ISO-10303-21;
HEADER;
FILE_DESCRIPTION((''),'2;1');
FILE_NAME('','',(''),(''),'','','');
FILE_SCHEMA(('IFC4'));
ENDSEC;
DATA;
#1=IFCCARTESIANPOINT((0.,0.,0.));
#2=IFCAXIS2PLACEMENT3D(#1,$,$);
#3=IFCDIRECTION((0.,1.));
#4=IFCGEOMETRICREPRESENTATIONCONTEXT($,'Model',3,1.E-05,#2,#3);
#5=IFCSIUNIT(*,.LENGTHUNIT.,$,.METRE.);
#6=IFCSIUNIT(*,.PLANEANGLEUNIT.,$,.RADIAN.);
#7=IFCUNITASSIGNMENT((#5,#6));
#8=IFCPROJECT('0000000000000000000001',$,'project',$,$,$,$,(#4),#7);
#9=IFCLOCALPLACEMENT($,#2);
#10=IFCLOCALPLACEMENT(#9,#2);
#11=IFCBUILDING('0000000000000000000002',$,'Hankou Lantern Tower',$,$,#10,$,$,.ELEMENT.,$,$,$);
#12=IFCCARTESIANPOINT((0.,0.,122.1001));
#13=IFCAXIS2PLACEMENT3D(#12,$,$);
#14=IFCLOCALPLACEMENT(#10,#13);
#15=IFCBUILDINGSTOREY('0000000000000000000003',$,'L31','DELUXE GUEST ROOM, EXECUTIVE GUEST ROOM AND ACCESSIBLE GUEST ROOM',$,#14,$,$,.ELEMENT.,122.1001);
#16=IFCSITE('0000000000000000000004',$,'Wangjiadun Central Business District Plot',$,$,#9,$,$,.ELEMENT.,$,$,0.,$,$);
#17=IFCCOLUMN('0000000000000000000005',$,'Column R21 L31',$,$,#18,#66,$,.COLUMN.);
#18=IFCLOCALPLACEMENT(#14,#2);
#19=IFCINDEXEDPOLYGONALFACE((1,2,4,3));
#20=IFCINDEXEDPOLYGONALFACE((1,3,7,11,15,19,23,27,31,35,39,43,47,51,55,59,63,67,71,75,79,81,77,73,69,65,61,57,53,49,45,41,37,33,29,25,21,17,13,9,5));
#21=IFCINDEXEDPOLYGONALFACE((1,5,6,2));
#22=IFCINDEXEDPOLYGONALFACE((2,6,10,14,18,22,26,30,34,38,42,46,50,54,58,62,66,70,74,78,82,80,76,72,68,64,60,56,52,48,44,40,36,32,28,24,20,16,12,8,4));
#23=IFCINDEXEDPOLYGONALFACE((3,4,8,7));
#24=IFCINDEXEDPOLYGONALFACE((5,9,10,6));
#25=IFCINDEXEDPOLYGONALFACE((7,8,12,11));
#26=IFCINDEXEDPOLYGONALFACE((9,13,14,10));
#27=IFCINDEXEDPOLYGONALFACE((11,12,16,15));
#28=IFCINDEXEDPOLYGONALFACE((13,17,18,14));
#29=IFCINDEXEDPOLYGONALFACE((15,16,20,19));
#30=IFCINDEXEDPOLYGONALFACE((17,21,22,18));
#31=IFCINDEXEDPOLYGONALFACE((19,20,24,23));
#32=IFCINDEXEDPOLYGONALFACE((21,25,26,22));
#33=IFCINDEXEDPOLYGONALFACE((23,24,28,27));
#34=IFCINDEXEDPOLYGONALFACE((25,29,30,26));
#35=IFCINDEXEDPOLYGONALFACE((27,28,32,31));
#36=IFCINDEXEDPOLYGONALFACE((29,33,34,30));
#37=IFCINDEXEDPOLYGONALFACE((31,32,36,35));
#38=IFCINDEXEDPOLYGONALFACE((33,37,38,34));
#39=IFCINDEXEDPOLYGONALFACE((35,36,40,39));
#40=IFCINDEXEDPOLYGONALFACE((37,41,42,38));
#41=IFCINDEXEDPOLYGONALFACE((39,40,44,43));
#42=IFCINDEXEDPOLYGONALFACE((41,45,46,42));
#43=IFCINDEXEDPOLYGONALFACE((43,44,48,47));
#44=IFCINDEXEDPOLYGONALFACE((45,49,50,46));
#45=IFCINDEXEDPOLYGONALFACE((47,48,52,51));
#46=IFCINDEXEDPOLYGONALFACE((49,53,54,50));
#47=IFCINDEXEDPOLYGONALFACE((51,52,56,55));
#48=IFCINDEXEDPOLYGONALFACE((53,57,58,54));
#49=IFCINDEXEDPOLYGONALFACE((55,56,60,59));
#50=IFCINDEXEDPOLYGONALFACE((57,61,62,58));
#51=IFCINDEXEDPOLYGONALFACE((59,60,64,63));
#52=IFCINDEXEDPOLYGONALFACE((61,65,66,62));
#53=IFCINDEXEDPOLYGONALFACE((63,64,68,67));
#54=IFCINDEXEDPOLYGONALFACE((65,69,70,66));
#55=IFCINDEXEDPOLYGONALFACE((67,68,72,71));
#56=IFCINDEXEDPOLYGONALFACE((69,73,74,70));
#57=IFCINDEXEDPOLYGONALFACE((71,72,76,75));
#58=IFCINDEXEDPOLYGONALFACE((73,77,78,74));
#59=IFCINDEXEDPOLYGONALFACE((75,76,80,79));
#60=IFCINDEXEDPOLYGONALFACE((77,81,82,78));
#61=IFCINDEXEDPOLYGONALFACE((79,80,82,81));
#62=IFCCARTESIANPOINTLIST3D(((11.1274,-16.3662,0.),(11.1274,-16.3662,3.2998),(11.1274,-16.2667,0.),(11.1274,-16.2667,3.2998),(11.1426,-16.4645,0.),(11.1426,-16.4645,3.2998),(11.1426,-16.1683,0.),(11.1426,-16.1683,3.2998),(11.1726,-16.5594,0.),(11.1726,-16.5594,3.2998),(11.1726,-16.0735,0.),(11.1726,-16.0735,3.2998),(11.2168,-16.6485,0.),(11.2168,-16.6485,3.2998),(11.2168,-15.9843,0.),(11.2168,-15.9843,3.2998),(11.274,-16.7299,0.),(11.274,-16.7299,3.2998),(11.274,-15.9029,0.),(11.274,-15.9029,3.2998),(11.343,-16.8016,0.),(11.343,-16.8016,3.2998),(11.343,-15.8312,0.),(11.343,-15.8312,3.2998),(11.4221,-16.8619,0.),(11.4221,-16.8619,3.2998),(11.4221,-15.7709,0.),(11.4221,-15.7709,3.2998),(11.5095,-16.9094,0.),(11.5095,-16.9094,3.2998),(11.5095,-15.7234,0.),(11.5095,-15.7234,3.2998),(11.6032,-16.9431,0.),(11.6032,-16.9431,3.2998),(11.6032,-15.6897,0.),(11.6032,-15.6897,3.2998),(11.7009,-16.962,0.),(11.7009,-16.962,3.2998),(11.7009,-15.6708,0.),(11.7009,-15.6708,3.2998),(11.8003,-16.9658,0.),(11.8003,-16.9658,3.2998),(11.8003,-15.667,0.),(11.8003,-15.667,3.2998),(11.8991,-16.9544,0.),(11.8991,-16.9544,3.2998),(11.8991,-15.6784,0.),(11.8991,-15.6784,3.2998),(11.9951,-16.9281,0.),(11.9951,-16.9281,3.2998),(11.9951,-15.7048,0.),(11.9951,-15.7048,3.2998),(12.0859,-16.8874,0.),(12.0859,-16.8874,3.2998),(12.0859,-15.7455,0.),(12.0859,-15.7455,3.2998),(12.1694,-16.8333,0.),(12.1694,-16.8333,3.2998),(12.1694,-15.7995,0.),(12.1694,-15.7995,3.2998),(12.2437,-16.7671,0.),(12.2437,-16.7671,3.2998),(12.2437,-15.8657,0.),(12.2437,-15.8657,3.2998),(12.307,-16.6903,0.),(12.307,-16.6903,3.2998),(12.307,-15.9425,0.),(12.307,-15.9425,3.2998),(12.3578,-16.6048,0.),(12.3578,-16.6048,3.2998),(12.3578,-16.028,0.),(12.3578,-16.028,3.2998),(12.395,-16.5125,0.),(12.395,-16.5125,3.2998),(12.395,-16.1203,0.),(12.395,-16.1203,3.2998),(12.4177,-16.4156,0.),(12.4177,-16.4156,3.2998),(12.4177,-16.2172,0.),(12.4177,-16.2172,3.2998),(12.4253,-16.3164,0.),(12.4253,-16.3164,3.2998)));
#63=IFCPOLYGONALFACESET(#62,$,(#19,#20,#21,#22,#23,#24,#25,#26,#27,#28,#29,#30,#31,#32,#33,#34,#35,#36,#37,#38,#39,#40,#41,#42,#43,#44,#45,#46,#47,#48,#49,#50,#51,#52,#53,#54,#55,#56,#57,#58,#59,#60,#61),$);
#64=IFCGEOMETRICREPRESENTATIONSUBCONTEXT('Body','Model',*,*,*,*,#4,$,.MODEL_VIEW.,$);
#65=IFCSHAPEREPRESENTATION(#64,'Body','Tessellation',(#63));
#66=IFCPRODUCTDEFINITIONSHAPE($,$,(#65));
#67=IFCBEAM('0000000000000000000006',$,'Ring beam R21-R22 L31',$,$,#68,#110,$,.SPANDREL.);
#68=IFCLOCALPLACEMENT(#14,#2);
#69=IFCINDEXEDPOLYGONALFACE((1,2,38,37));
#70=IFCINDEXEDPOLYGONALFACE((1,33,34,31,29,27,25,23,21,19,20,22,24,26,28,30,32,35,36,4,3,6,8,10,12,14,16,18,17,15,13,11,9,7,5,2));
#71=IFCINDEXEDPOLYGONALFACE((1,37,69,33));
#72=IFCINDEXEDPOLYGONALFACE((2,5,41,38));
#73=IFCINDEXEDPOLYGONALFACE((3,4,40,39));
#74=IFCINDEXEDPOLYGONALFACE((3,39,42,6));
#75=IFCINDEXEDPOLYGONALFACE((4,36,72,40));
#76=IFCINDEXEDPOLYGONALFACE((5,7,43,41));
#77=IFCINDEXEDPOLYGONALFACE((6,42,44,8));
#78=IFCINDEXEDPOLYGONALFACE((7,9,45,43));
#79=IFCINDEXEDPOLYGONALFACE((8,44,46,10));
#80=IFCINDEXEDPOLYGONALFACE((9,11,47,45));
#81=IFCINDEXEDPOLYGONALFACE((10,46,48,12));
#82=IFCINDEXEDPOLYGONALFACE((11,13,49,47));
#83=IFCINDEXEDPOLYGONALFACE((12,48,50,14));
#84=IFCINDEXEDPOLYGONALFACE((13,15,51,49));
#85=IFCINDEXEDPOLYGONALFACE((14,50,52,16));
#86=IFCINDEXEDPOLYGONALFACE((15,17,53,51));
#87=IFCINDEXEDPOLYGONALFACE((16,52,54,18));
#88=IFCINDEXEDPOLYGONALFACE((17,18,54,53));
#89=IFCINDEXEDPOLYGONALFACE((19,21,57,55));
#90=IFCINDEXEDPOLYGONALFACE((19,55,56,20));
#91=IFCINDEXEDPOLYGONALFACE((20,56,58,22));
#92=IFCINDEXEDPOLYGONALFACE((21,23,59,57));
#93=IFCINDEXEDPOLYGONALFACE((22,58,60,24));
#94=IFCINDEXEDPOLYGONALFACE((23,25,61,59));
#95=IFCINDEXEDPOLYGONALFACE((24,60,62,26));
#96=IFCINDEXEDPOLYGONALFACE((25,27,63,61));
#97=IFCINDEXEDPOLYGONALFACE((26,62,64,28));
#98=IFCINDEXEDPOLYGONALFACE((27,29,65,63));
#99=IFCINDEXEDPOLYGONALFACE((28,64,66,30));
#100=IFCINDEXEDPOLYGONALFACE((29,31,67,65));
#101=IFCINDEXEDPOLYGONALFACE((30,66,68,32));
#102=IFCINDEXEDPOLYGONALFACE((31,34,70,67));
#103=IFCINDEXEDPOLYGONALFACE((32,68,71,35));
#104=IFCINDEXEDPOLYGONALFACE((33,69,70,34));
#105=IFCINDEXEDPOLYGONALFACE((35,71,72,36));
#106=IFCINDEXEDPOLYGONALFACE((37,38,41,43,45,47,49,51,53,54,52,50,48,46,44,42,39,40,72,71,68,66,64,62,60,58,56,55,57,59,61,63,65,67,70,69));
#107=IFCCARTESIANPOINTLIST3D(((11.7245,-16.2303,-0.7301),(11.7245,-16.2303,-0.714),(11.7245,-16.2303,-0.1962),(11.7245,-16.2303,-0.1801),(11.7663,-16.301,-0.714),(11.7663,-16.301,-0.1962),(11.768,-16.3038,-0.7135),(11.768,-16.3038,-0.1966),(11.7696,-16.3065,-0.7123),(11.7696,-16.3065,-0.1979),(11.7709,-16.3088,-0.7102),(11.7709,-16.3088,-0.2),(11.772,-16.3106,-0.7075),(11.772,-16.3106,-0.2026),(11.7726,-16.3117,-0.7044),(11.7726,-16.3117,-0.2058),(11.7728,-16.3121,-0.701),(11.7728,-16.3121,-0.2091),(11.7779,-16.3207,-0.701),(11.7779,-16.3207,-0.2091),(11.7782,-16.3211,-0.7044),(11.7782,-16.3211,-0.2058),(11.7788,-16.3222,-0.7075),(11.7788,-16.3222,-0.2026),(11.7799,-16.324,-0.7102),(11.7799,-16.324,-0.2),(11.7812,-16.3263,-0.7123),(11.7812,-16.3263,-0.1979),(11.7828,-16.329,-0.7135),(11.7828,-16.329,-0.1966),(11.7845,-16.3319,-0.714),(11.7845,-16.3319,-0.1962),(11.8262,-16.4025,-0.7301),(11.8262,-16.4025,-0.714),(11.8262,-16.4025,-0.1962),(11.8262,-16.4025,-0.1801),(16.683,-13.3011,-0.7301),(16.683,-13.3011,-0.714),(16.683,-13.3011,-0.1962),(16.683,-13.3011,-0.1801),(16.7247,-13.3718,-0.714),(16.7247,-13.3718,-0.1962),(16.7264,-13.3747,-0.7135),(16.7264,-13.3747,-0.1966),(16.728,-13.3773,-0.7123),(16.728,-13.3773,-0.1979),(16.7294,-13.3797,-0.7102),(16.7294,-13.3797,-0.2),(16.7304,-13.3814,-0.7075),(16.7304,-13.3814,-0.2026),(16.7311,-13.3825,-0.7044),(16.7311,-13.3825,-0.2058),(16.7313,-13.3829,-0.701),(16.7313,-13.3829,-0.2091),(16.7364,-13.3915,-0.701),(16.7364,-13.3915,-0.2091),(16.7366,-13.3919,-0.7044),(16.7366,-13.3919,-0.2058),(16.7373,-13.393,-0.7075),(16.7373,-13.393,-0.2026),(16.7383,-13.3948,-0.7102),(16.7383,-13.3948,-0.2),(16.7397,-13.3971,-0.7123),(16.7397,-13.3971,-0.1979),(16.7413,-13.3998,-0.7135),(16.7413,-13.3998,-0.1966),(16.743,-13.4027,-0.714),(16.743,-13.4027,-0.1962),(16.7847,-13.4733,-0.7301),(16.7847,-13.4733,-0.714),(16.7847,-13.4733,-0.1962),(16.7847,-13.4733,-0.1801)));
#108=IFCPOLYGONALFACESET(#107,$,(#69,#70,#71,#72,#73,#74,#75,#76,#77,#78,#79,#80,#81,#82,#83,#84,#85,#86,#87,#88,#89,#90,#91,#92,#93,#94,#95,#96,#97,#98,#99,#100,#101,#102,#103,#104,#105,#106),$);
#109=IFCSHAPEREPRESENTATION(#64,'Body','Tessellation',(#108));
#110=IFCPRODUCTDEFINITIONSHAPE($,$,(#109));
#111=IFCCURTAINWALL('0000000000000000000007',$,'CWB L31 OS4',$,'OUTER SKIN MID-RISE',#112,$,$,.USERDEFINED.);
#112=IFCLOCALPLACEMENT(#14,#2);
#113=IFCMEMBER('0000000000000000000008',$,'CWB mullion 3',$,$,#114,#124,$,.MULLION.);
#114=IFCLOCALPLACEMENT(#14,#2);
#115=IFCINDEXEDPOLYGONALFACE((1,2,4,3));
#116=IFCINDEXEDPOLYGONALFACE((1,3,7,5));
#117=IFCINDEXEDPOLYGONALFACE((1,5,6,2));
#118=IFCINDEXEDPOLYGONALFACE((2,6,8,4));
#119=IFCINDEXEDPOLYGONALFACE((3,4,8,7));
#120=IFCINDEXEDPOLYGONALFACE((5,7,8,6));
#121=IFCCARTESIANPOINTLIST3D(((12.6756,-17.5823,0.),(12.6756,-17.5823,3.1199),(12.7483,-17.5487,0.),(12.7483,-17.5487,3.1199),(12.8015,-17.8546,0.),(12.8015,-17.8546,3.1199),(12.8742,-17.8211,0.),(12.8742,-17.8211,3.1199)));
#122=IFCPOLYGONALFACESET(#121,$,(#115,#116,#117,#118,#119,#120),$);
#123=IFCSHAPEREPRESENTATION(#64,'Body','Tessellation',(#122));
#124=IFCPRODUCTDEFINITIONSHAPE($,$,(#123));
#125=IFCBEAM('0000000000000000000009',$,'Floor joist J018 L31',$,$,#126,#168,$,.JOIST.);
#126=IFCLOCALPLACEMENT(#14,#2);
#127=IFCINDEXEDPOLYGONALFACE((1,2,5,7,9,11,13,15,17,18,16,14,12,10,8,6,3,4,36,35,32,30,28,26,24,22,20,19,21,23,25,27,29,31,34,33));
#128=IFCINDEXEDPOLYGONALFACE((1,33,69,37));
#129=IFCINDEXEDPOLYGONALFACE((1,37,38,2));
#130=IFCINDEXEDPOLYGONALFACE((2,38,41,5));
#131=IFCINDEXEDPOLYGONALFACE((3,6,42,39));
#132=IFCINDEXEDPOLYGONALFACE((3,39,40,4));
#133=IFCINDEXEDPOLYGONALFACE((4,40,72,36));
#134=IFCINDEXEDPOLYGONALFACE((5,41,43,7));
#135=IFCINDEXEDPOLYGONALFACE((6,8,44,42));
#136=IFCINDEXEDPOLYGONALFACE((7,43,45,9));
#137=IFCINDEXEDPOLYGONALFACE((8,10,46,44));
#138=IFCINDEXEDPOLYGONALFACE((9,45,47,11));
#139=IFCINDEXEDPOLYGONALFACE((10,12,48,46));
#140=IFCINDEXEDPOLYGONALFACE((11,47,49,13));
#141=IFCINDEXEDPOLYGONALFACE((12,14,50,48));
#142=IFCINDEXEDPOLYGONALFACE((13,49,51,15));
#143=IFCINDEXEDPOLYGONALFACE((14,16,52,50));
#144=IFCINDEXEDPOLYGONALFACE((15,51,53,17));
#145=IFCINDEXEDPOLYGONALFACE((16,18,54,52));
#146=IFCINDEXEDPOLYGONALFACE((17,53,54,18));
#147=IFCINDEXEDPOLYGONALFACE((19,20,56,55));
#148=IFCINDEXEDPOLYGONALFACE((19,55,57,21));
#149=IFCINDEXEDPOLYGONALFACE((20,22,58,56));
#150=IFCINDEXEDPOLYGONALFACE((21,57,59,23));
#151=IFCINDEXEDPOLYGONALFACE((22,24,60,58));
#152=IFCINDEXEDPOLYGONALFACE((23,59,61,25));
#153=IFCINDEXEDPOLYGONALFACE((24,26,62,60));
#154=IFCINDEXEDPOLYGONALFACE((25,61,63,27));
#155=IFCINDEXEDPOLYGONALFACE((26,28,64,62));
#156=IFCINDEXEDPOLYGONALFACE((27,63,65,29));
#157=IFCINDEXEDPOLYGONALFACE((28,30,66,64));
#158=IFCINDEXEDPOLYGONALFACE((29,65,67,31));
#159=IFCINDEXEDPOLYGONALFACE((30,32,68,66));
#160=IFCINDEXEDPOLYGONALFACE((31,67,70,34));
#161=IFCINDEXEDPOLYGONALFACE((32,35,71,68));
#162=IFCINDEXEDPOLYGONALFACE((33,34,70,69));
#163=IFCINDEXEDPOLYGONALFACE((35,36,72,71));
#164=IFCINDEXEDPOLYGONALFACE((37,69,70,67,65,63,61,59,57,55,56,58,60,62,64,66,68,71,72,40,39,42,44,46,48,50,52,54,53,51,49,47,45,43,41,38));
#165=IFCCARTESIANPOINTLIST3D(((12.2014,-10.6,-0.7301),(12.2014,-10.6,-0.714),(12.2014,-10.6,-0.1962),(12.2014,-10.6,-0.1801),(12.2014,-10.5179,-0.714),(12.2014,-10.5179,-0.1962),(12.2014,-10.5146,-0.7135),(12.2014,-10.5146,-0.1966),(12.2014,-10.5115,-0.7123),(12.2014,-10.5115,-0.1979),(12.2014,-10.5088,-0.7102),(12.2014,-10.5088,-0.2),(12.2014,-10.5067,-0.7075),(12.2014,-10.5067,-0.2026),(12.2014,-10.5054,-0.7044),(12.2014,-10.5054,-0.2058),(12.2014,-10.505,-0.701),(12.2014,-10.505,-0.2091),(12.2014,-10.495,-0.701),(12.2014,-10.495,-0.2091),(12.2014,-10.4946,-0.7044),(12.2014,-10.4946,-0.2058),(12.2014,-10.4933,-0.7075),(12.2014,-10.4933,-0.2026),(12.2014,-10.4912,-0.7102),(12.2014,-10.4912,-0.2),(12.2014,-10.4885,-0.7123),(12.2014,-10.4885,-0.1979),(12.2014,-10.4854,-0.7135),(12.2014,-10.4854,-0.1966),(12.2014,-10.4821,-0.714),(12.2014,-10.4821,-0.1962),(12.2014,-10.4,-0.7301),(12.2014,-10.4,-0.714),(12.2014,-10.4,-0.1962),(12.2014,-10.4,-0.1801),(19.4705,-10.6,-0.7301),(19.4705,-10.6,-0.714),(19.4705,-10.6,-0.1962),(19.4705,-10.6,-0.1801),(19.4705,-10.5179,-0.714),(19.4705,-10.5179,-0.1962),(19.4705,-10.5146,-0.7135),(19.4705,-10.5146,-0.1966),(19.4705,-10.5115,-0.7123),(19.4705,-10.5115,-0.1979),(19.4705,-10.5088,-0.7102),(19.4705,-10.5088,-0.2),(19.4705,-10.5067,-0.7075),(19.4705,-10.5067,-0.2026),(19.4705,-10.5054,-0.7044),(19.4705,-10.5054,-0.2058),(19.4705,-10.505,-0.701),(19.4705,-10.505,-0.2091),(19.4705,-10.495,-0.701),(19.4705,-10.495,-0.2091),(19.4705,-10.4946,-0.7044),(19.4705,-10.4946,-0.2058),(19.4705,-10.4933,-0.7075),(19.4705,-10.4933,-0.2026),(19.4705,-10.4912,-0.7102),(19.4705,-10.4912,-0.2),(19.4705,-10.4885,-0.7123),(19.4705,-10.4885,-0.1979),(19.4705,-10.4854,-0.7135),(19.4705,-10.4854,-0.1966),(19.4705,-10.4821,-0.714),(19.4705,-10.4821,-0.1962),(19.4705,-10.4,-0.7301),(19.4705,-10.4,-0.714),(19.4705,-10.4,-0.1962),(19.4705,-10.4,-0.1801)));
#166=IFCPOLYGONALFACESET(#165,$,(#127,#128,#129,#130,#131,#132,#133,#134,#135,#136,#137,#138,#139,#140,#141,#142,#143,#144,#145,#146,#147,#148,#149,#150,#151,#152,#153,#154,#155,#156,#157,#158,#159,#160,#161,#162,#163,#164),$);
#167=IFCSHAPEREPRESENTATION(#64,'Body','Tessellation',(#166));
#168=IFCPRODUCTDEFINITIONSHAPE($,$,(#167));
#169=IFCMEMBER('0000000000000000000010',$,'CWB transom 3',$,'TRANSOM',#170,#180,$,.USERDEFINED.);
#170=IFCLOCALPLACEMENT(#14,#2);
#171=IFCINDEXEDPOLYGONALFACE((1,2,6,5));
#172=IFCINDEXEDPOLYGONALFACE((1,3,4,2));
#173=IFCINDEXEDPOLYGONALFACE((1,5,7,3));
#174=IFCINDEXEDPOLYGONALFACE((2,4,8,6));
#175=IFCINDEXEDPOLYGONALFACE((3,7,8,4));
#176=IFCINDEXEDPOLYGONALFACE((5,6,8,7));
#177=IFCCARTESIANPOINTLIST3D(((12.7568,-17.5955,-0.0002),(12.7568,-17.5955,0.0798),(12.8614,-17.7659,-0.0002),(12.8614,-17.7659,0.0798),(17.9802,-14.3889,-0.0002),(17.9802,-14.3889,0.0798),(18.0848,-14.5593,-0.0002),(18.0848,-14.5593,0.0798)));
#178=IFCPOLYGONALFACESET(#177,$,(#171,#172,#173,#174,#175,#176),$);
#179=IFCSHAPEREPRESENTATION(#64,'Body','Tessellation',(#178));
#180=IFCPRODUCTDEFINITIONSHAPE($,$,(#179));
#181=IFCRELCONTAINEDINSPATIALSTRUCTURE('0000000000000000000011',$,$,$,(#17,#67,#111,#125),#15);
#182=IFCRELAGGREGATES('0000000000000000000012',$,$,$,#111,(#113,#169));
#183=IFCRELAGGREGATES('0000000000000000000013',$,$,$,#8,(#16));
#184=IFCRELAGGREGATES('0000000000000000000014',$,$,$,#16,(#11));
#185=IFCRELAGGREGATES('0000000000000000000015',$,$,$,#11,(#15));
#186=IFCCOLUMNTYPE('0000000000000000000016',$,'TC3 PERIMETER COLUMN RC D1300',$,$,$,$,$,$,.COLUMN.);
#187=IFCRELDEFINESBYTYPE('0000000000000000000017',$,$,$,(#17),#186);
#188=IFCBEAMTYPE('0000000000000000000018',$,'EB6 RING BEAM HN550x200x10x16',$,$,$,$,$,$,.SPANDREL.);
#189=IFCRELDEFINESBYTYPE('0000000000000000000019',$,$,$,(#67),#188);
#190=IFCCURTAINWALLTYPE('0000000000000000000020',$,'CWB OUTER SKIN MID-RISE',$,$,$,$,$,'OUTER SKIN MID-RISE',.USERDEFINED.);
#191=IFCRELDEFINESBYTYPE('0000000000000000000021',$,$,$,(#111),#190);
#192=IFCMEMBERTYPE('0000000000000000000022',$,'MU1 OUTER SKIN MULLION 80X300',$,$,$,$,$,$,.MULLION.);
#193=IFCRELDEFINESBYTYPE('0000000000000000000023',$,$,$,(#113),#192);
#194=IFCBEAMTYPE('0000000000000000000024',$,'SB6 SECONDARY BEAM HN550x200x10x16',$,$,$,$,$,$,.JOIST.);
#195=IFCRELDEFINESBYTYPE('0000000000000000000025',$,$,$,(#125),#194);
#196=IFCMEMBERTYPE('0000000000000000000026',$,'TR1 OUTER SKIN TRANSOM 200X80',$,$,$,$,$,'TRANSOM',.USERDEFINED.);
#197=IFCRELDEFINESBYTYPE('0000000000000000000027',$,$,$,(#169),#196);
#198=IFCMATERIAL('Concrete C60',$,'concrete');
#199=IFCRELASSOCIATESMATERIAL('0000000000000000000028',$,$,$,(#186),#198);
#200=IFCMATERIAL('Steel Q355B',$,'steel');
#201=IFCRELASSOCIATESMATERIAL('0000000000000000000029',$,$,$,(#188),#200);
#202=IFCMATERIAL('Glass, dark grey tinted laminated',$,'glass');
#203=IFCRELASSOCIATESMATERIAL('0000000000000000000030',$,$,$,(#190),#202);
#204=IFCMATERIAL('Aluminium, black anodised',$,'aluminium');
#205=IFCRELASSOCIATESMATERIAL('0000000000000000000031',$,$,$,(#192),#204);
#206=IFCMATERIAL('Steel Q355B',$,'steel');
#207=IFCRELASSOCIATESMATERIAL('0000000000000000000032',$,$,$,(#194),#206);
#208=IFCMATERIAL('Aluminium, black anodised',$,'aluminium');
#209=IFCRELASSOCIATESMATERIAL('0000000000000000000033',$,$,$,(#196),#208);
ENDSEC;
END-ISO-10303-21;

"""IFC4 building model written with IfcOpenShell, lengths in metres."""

from ifc_helpers import new_model, si_unit, direction, frame, origin, origin_2d, place, context, subcontext, project, spatial, rectangle, circle, i_section, extrude, material, material_profile, profile_set, type_object, element, aggregate, save


model = new_model("IFC4")

# Units and contexts
model_context = context("Model", 3, precision=1e-05, world=origin(), true_north=direction((0.0, 1.0)))
body_context = subcontext(model_context, "Body", "Model", "MODEL_VIEW")
ifc_project = project(units=[si_unit("LENGTHUNIT", "METRE"), si_unit("PLANEANGLEUNIT", "RADIAN")], contexts=[model_context])

# Site, building, storey
site_placement = place(None, origin())
site = spatial("IfcSite", under=ifc_project, at=site_placement, Name="Wangjiadun Central Business District Plot", CompositionType="ELEMENT", RefElevation=0.0)
building_placement = place(site_placement, origin())
building = spatial("IfcBuilding", under=site, at=building_placement, Name="Hankou Lantern Tower", CompositionType="ELEMENT")
storey_placement = place(building_placement, frame((0.0, 0.0, 122.1001)))
storey = spatial("IfcBuildingStorey", under=building, at=storey_placement, Name="L31", Description="DELUXE GUEST ROOM, EXECUTIVE GUEST ROOM AND ACCESSIBLE GUEST ROOM", CompositionType="ELEMENT", Elevation=122.1001)

# Column
ifc_material_1 = material(Name="Concrete C60", Category="concrete")
ifc_material_profile_1 = material_profile(ifc_material_1, circle(Radius=0.6499, at=origin_2d()), Name="RC D1300")
ifc_profile_set_1 = profile_set([ifc_material_profile_1], Name="Concrete C60")
column_type = type_object("IfcColumnType", Name="TC3 PERIMETER COLUMN RC D1300", PredefinedType="COLUMN", material=ifc_profile_set_1)
column_placement = place(storey_placement, frame((11.7754, -16.3164, 0.0), z_axis=(0.0, 0.0, 1.0), x_axis=(1.0, 0.0, 0.0)))
element("IfcColumn", 1, at=column_placement, inside=storey, type_object=column_type, Name="Column R21 L31", PredefinedType="COLUMN", context=body_context, shape_type="SweptSolid", body=[
    extrude(circle(Radius=0.6499, at=origin_2d()), origin(), (0.0, 0.0, 1.0), 3.2998),
])

# Beam
ifc_material_2 = material(Name="Steel Q355B", Category="steel")
ifc_material_profile_2 = material_profile(ifc_material_2, i_section(OverallWidth=0.2, OverallDepth=0.55, WebThickness=0.01, FlangeThickness=0.0161, FilletRadius=0.0129, at=origin_2d()), Name="HN550x200x10x16")
ifc_profile_set_2 = profile_set([ifc_material_profile_2], Name="Steel Q355B")
beam_type_1 = type_object("IfcBeamType", Name="EB6 RING BEAM HN550x200x10x16", PredefinedType="SPANDREL", material=ifc_profile_set_2)
beam_1_placement = place(storey_placement, frame((11.7754, -16.3164, -0.4551), z_axis=(0.860989, 0.508624, 0.0), x_axis=(-0.508624, 0.860989, 0.0)))
element("IfcBeam", 2, at=beam_1_placement, inside=storey, type_object=beam_type_1, Name="Ring beam R21-R22 L31", PredefinedType="SPANDREL", context=body_context, shape_type="SweptSolid", body=[
    extrude(i_section(OverallWidth=0.2, OverallDepth=0.55, WebThickness=0.01, FlangeThickness=0.0161, FilletRadius=0.0129, at=origin_2d()), origin(), (0.0, 0.0, 1.0), 5.759),
])

# Curtain wall, member
ifc_material_3 = material(Name="Glass, dark grey tinted laminated", Category="glass")
curtain_wall_type = type_object("IfcCurtainWallType", Name="CWB OUTER SKIN MID-RISE", ElementType="OUTER SKIN MID-RISE", PredefinedType="USERDEFINED", material=ifc_material_3)
curtain_wall_placement = place(storey_placement, origin())
curtain_wall = element("IfcCurtainWall", 3, at=curtain_wall_placement, inside=storey, type_object=curtain_wall_type, Name="CWB L31 OS4", ObjectType="OUTER SKIN MID-RISE", PredefinedType="USERDEFINED")
ifc_material_4 = material(Name="Aluminium, black anodised", Category="aluminium")
ifc_material_profile_3 = material_profile(ifc_material_4, rectangle(XDim=0.0801, YDim=0.3, at=origin_2d()), Name="MU1 80X300")
ifc_profile_set_3 = profile_set([ifc_material_profile_3], Name="Aluminium, black anodised")
member_type_1 = type_object("IfcMemberType", Name="MU1 OUTER SKIN MULLION 80X300", PredefinedType="MULLION", material=ifc_profile_set_3)
member_1_placement = place(storey_placement, frame((12.7749, -17.7017, 0.0), z_axis=(0.0, 0.0, 1.0), x_axis=(0.907841, 0.419314, 0.0)))
member_1 = element("IfcMember", 4, at=member_1_placement, type_object=member_type_1, Name="CWB mullion 3", PredefinedType="MULLION", context=body_context, shape_type="SweptSolid", body=[
    extrude(rectangle(XDim=0.0801, YDim=0.3, at=origin_2d()), origin(), (0.0, 0.0, 1.0), 3.1199),
])

# Beam
ifc_material_5 = material(Name="Steel Q355B", Category="steel")
ifc_material_profile_4 = material_profile(ifc_material_5, i_section(OverallWidth=0.2, OverallDepth=0.55, WebThickness=0.01, FlangeThickness=0.0161, FilletRadius=0.0129, at=origin_2d()), Name="HN550x200x10x16")
ifc_profile_set_4 = profile_set([ifc_material_profile_4], Name="Steel Q355B")
beam_type_2 = type_object("IfcBeamType", Name="SB6 SECONDARY BEAM HN550x200x10x16", PredefinedType="JOIST", material=ifc_profile_set_4)
beam_2_placement = place(storey_placement, frame((12.2014, -10.5, -0.4551), z_axis=(1.0, 0.0, 0.0), x_axis=(0.0, 1.0, 0.0)))
element("IfcBeam", 5, at=beam_2_placement, inside=storey, type_object=beam_type_2, Name="Floor joist J018 L31", PredefinedType="JOIST", context=body_context, shape_type="SweptSolid", body=[
    extrude(i_section(OverallWidth=0.2, OverallDepth=0.55, WebThickness=0.01, FlangeThickness=0.0161, FilletRadius=0.0129, at=origin_2d()), origin(), (0.0, 0.0, 1.0), 7.269),
])

# Member
ifc_material_6 = material(Name="Aluminium, black anodised", Category="aluminium")
ifc_material_profile_5 = material_profile(ifc_material_6, rectangle(XDim=0.2, YDim=0.0801, at=origin_2d()), Name="TR1 200X80")
ifc_profile_set_5 = profile_set([ifc_material_profile_5], Name="Aluminium, black anodised")
member_type_2 = type_object("IfcMemberType", Name="TR1 OUTER SKIN TRANSOM 200X80", ElementType="TRANSOM", PredefinedType="USERDEFINED", material=ifc_profile_set_5)
member_2_placement = place(storey_placement, frame((12.8091, -17.6807, 0.0398), z_axis=(0.852229, 0.523168, 0.0), x_axis=(-0.523168, 0.852229, 0.0)))
member_2 = element("IfcMember", 6, at=member_2_placement, type_object=member_type_2, Name="CWB transom 3", ObjectType="TRANSOM", PredefinedType="USERDEFINED", context=body_context, shape_type="SweptSolid", body=[
    extrude(rectangle(XDim=0.2, YDim=0.0801, at=origin_2d()), origin(), (0.0, 0.0, 1.0), 6.1292),
])

aggregate(curtain_wall, [member_1, member_2])

save(model, "model.ifc")
